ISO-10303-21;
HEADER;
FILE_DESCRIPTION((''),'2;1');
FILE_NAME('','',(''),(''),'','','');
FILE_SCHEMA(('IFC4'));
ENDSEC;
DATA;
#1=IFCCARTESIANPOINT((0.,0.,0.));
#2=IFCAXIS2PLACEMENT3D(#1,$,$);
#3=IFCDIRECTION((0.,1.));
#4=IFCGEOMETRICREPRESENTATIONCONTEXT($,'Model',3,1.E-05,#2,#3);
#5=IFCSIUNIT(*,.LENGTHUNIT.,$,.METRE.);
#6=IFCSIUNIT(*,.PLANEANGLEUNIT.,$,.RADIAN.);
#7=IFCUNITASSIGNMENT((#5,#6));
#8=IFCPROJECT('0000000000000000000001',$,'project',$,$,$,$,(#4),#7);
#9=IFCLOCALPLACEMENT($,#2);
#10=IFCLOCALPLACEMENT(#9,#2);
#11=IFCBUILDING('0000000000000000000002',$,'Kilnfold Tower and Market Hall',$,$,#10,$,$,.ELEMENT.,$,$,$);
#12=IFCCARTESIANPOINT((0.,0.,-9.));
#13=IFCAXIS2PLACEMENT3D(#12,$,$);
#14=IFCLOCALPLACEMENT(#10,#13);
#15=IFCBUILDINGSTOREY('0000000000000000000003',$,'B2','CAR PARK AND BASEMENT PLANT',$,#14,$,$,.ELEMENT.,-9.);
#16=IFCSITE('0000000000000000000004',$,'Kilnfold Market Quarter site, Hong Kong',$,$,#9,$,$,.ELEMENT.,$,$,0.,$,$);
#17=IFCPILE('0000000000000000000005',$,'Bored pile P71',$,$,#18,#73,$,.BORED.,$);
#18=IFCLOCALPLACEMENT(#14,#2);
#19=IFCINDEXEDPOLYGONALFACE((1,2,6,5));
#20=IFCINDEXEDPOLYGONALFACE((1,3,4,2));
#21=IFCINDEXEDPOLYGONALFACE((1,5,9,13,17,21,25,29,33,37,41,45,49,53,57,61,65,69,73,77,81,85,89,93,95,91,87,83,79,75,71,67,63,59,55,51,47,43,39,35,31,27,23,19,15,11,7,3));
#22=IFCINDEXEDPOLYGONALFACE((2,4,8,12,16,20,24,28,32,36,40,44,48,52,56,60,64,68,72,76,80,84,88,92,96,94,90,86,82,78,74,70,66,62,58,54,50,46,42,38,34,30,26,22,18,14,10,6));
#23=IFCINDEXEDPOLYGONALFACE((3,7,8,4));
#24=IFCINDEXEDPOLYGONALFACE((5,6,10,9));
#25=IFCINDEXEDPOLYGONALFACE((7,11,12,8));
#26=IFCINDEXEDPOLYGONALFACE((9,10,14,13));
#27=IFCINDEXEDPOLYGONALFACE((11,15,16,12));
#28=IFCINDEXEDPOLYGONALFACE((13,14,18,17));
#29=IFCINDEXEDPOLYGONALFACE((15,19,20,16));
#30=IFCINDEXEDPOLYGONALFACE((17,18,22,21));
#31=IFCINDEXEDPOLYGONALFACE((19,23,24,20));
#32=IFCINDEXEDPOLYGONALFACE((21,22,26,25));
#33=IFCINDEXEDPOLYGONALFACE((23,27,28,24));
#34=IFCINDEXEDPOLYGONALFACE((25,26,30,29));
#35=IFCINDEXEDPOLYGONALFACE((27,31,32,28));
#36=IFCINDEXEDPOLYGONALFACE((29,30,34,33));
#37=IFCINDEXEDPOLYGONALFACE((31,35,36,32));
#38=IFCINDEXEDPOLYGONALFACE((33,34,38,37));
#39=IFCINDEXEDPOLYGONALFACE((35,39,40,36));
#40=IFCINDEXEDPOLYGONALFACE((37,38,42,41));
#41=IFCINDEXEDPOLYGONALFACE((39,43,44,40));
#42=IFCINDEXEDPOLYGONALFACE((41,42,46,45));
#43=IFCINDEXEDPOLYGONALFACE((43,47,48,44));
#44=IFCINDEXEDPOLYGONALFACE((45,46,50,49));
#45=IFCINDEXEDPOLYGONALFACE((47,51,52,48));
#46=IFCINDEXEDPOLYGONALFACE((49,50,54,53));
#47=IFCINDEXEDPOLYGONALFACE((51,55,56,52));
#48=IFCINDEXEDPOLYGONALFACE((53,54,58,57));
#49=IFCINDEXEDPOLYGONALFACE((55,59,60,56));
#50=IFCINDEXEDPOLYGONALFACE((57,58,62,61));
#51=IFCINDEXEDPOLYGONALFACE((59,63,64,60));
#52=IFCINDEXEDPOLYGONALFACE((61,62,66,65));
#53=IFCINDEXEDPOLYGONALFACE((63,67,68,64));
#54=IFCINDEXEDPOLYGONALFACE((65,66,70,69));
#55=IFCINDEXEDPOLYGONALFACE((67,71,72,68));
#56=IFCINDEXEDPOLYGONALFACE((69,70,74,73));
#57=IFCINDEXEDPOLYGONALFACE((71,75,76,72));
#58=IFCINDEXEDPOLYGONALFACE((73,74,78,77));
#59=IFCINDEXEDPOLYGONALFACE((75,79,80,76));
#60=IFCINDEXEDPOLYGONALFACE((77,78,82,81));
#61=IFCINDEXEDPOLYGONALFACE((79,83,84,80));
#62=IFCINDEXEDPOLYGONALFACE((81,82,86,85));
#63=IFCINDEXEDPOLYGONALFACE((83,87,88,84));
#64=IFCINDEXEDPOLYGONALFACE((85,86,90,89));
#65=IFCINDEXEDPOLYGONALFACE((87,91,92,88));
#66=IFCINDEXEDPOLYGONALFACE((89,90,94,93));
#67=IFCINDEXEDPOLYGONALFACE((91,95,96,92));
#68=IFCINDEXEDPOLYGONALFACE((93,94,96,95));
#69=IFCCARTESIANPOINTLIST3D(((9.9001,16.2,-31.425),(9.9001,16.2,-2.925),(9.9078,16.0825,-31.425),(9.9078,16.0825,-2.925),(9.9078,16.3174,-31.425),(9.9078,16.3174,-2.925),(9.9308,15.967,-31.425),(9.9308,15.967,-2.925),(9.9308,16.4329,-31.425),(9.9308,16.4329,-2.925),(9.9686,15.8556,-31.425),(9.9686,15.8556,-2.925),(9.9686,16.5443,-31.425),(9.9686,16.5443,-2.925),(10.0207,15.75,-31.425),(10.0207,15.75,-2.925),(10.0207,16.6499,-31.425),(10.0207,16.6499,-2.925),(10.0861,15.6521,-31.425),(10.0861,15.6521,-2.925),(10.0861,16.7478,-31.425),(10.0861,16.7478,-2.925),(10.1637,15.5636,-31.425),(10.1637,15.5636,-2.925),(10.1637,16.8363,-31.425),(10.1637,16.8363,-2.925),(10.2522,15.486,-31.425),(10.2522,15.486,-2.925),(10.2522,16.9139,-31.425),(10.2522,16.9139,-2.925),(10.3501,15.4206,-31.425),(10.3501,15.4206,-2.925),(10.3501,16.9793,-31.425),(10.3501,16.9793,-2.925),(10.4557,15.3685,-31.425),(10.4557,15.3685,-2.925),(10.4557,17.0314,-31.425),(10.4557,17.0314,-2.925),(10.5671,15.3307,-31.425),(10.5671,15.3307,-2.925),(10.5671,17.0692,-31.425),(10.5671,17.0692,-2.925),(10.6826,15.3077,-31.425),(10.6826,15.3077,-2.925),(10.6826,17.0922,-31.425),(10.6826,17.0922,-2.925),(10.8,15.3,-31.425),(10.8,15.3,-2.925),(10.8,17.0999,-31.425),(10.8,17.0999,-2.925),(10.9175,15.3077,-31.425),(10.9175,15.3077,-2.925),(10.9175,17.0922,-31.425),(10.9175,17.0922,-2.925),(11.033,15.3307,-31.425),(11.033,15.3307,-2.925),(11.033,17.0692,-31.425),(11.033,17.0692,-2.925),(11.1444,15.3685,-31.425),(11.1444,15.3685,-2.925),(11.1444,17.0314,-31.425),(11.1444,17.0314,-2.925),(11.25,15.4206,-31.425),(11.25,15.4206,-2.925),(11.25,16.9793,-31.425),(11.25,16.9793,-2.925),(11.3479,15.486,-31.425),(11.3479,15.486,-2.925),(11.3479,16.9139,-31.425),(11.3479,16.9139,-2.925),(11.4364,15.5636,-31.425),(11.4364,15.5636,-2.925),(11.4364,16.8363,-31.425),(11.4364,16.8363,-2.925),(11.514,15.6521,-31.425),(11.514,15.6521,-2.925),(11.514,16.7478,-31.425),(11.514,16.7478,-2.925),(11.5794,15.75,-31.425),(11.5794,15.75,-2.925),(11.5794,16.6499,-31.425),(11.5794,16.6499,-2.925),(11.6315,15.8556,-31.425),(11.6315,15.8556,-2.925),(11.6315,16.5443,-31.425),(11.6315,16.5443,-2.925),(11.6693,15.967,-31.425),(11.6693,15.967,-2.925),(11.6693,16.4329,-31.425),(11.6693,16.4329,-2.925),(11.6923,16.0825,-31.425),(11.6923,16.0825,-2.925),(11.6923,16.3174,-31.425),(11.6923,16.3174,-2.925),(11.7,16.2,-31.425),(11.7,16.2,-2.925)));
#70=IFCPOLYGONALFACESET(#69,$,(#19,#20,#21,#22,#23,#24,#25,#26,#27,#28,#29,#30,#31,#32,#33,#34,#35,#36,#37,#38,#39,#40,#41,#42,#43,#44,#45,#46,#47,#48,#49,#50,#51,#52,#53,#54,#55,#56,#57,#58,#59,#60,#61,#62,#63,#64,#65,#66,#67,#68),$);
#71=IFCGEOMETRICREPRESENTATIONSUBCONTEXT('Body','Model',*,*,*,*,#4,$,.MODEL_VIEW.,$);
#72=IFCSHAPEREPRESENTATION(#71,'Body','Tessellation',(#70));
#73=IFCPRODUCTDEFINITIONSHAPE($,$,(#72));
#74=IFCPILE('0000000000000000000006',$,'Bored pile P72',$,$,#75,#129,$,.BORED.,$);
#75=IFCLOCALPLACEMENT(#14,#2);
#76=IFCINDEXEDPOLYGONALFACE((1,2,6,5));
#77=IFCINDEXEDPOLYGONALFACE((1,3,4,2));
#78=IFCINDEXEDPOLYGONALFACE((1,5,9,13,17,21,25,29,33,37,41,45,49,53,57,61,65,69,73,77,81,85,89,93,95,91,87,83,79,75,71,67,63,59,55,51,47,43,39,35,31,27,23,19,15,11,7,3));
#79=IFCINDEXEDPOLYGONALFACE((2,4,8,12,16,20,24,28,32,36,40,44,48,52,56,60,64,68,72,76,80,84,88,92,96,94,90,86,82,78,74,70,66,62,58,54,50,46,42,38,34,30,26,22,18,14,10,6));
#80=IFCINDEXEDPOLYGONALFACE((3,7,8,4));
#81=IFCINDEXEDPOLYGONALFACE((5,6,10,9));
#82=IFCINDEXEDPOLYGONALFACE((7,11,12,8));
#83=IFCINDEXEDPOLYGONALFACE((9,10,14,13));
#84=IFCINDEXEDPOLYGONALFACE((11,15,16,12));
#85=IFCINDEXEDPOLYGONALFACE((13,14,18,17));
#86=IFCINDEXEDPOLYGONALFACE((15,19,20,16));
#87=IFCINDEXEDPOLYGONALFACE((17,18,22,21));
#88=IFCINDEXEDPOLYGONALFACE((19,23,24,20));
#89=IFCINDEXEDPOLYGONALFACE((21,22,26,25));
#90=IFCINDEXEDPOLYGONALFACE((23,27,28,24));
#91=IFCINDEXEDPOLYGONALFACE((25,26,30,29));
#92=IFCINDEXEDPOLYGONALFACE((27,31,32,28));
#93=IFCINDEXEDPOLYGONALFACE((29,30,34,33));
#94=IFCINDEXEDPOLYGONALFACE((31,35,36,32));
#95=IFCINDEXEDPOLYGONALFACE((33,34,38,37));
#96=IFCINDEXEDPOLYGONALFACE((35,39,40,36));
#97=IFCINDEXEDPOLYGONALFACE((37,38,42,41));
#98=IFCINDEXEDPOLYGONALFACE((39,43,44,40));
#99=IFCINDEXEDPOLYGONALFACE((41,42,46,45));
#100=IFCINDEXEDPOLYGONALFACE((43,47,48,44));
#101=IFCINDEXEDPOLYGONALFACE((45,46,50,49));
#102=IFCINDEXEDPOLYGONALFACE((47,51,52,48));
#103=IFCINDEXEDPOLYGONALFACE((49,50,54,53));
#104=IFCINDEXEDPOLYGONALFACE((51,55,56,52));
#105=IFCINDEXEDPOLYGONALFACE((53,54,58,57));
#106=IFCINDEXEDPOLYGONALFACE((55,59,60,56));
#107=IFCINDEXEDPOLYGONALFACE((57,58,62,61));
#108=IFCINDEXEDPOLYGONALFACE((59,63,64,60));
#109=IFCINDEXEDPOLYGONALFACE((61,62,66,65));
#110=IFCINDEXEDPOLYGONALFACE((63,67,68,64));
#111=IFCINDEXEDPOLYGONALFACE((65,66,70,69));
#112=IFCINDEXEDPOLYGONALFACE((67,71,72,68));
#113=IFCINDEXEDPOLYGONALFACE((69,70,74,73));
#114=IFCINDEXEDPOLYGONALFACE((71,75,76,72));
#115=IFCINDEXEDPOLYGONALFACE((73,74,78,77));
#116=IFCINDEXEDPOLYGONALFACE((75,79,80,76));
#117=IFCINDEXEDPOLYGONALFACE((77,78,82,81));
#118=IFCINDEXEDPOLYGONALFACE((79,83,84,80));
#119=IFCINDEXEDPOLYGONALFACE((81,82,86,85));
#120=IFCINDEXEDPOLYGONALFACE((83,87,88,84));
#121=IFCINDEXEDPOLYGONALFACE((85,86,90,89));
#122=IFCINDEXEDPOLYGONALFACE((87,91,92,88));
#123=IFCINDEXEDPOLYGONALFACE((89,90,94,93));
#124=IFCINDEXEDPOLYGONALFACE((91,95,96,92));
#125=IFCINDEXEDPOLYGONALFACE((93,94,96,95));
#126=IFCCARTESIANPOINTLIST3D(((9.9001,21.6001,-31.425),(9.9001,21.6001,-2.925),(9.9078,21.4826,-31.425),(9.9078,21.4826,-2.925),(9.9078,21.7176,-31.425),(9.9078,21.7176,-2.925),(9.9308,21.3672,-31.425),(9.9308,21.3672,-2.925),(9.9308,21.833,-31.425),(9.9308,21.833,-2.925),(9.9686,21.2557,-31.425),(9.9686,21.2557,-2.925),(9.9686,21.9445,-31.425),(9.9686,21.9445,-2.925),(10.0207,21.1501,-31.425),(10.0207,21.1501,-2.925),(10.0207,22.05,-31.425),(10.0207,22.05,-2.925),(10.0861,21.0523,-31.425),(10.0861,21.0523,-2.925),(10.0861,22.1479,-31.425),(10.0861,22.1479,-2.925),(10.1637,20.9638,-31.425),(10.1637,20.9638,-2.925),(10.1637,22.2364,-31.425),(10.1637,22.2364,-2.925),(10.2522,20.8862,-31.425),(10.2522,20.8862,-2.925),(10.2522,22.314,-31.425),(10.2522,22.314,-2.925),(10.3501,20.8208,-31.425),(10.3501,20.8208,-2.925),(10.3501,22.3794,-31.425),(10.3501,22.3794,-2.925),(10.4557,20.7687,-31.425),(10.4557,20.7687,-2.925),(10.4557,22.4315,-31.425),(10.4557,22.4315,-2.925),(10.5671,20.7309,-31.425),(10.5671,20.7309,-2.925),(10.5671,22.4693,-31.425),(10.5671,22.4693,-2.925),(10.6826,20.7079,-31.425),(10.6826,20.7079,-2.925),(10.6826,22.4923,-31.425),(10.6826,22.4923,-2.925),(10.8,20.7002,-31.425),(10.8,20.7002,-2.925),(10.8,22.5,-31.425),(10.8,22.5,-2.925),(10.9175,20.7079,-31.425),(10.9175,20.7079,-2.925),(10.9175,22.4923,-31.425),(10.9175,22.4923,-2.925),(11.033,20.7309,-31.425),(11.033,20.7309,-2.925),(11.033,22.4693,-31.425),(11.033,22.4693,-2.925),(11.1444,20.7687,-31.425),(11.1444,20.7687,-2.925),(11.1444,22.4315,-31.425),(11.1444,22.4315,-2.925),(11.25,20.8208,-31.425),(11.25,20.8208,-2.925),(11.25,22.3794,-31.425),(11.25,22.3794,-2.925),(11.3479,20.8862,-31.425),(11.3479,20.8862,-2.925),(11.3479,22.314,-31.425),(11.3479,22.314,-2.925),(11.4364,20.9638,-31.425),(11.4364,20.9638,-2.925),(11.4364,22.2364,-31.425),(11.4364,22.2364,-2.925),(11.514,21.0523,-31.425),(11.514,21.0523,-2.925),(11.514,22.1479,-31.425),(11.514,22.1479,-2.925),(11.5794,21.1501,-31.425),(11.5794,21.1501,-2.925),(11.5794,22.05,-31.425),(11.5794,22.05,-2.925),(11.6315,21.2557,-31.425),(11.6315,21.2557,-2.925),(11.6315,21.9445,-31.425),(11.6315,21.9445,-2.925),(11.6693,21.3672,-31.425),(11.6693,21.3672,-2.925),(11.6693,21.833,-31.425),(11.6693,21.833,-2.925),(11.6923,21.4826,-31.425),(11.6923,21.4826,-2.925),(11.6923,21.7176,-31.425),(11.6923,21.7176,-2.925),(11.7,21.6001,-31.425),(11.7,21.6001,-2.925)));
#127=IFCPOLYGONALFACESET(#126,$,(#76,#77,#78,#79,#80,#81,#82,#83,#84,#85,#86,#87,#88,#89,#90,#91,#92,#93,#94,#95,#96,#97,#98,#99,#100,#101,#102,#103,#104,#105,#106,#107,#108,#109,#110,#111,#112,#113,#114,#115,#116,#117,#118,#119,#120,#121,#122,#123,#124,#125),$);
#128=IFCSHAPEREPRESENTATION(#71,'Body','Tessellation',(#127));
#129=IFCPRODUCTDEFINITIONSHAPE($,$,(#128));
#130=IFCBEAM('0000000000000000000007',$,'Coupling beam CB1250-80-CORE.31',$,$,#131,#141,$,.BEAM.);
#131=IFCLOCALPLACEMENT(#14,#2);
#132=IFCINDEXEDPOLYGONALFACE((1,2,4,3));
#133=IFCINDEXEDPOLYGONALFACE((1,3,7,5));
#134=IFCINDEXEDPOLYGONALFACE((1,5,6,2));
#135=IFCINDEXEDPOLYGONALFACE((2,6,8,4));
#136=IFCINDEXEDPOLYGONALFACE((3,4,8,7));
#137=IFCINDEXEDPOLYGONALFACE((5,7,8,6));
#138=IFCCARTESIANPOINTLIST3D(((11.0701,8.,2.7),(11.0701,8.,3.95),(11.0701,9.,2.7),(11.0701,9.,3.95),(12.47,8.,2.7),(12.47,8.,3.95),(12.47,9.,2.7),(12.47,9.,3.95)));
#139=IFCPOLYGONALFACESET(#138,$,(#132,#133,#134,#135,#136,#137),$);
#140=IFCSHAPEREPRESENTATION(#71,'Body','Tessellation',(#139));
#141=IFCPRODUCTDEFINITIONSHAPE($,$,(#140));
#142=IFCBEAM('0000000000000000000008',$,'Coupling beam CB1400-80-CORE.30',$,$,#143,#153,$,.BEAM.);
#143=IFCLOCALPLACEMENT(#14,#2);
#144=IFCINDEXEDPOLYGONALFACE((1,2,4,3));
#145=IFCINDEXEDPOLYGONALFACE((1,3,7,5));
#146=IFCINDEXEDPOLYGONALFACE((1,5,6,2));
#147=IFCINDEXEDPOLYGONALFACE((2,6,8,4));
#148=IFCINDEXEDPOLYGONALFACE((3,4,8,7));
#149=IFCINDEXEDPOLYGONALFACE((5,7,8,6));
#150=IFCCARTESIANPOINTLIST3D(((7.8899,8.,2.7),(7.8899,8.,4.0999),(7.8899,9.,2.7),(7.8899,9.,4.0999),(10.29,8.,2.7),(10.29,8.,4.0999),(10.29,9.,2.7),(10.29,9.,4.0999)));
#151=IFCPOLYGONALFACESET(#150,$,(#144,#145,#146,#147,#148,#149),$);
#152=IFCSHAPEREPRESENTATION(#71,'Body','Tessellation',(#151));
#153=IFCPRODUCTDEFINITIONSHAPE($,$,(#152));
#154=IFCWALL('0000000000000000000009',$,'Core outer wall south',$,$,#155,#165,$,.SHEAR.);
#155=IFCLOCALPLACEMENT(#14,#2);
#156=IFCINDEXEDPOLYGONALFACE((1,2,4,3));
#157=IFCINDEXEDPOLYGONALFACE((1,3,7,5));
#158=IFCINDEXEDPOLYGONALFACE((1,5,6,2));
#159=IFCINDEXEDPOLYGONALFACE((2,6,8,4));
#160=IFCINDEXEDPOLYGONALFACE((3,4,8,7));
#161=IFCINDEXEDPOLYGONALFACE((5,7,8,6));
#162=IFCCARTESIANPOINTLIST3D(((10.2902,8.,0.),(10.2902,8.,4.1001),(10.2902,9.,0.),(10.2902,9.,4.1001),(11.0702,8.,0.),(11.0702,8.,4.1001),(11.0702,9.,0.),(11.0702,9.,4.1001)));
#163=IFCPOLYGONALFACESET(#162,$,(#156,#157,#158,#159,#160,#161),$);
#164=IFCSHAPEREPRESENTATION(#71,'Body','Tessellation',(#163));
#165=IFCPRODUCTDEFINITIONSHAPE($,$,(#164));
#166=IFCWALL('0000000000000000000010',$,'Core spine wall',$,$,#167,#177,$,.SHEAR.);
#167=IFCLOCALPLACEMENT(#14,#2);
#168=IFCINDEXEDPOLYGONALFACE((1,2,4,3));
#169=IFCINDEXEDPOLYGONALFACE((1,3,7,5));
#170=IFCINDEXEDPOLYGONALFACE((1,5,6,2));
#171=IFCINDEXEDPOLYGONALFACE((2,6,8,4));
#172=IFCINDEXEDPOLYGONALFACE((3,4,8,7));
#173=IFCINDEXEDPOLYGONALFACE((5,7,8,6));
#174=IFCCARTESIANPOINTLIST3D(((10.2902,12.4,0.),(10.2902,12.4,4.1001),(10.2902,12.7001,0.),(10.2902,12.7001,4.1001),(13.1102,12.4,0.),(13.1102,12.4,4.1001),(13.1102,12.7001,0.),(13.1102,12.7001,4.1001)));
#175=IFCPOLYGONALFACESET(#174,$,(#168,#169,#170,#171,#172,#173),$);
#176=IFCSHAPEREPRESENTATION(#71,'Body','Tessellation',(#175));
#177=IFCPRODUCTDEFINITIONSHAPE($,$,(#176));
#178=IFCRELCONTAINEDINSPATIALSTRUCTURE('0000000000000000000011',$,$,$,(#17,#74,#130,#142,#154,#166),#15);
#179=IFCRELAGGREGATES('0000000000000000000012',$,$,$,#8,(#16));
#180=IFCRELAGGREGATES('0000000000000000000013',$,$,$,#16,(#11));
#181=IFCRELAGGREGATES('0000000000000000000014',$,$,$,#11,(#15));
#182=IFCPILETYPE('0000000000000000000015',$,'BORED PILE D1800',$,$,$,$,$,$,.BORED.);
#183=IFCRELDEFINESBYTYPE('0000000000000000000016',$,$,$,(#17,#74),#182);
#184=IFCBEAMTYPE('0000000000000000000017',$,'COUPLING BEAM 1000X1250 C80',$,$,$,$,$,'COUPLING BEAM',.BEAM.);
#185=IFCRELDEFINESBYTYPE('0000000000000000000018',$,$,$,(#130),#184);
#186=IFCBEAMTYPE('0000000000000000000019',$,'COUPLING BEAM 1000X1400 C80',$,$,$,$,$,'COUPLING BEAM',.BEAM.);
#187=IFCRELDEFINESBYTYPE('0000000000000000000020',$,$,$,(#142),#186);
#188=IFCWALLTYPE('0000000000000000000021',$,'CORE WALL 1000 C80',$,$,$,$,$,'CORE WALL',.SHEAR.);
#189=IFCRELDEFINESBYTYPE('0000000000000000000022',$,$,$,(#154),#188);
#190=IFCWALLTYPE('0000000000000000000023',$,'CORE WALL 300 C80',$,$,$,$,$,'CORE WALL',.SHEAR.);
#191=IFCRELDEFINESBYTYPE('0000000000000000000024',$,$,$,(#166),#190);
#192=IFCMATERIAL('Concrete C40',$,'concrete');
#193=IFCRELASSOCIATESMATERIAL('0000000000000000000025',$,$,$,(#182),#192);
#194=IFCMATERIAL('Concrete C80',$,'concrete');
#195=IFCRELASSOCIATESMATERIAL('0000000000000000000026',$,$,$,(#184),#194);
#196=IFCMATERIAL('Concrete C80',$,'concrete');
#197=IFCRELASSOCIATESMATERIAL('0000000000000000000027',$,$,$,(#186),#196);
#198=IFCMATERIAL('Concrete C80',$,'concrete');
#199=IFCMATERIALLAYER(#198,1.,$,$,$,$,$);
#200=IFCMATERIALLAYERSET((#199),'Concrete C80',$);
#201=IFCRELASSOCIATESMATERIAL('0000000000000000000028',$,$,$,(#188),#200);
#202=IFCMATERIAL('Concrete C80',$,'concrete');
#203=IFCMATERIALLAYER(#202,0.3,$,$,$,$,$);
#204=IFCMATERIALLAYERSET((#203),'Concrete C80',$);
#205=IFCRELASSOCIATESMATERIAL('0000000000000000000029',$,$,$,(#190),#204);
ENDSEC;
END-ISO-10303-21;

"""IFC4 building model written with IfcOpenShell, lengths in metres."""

from ifc_helpers import new_model, si_unit, direction, frame, frame_2d, origin, origin_2d, place, context, subcontext, project, spatial, rectangle, circle, extrude, source, transform, mapped, material, layer, layer_set, material_profile, profile_set, type_object, element, save


model = new_model("IFC4")

# Units and contexts
model_context = context("Model", 3, precision=1e-05, world=origin(), true_north=direction((0.0, 1.0)))
body_context = subcontext(model_context, "Body", "Model", "MODEL_VIEW")
ifc_project = project(units=[si_unit("LENGTHUNIT", "METRE"), si_unit("PLANEANGLEUNIT", "RADIAN")], contexts=[model_context])

# Site, building, storey
site_placement = place(None, origin())
site = spatial("IfcSite", under=ifc_project, at=site_placement, Name="Kilnfold Market Quarter site, Hong Kong", CompositionType="ELEMENT", RefElevation=0.0)
building_placement = place(site_placement, origin())
building = spatial("IfcBuilding", under=site, at=building_placement, Name="Kilnfold Tower and Market Hall", CompositionType="ELEMENT")
storey_placement = place(building_placement, frame((0.0, 0.0, -9.0)))
storey = spatial("IfcBuildingStorey", under=building, at=storey_placement, Name="B2", Description="CAR PARK AND BASEMENT PLANT", CompositionType="ELEMENT", Elevation=-9.0)

# Piles
ifc_material_1 = material(Name="Concrete C40", Category="concrete")
ifc_material_profile_1 = material_profile(ifc_material_1, circle(Radius=0.8999, at=origin_2d()), Name="RC D1800")
ifc_profile_set_1 = profile_set([ifc_material_profile_1], Name="Concrete C40")
pile_type = type_object("IfcPileType", Name="BORED PILE D1800", PredefinedType="BORED", material=ifc_profile_set_1)
shared_shape_1 = source(origin(), body_context, "Body", "SweptSolid", [
    extrude(circle(Radius=0.8999, at=origin_2d()), origin(), (0.0, 0.0, 1.0), 28.5),
])
for number, where, z_axis, x_axis, name in (
    (1, (10.8, 16.2, -2.925), (0.0, 0.0, -1.0), (1.0, 0.0, 0.0), "Bored pile P71"),
    (2, (10.8, 21.6001, -2.925), (0.0, 0.0, -1.0), (1.0, 0.0, 0.0), "Bored pile P72"),
):
    element("IfcPile", number, at=place(storey_placement, frame(where, z_axis=z_axis, x_axis=x_axis)), inside=storey, type_object=pile_type, Name=name, PredefinedType="BORED", context=body_context, shape_type="MappedRepresentation", body=[
        mapped(shared_shape_1, transform((0.0, 0.0, 0.0))),
    ])

# Beams
ifc_material_2 = material(Name="Concrete C80", Category="concrete")
ifc_material_profile_2 = material_profile(ifc_material_2, rectangle(XDim=1.0, YDim=1.25, at=origin_2d()), Name="RC 1000x1250")
ifc_profile_set_2 = profile_set([ifc_material_profile_2], Name="Concrete C80")
beam_type_1 = type_object("IfcBeamType", Name="COUPLING BEAM 1000X1250 C80", ElementType="COUPLING BEAM", PredefinedType="BEAM", material=ifc_profile_set_2)
shared_shape_2 = source(origin(), body_context, "Body", "SweptSolid", [
    extrude(rectangle(XDim=1.0, YDim=1.25, at=origin_2d()), origin(), (0.0, 0.0, 1.0), 1.3999),
])
beam_1_placement = place(storey_placement, frame((11.0701, 8.5, 3.325), z_axis=(1.0, 0.0, 0.0), x_axis=(0.0, 1.0, 0.0)))
element("IfcBeam", 3, at=beam_1_placement, inside=storey, type_object=beam_type_1, Name="Coupling beam CB1250-80-CORE.31", PredefinedType="BEAM", context=body_context, shape_type="MappedRepresentation", body=[
    mapped(shared_shape_2, transform((0.0, 0.0, 0.0))),
])
ifc_material_3 = material(Name="Concrete C80", Category="concrete")
ifc_material_profile_3 = material_profile(ifc_material_3, rectangle(XDim=1.0, YDim=1.3999, at=origin_2d()), Name="RC 1000x1400")
ifc_profile_set_3 = profile_set([ifc_material_profile_3], Name="Concrete C80")
beam_type_2 = type_object("IfcBeamType", Name="COUPLING BEAM 1000X1400 C80", ElementType="COUPLING BEAM", PredefinedType="BEAM", material=ifc_profile_set_3)
shared_shape_3 = source(origin(), body_context, "Body", "SweptSolid", [
    extrude(rectangle(XDim=1.0, YDim=1.3999, at=origin_2d()), origin(), (0.0, 0.0, 1.0), 2.4001),
])
beam_2_placement = place(storey_placement, frame((7.8899, 8.5, 3.3999), z_axis=(1.0, 0.0, 0.0), x_axis=(0.0, 1.0, 0.0)))
element("IfcBeam", 4, at=beam_2_placement, inside=storey, type_object=beam_type_2, Name="Coupling beam CB1400-80-CORE.30", PredefinedType="BEAM", context=body_context, shape_type="MappedRepresentation", body=[
    mapped(shared_shape_3, transform((0.0, 0.0, 0.0))),
])

# Walls
ifc_material_4 = material(Name="Concrete C80", Category="concrete")
ifc_layer_1 = layer(ifc_material_4, 1.0)
ifc_layer_set_1 = layer_set([ifc_layer_1], Name="Concrete C80")
wall_type_1 = type_object("IfcWallType", Name="CORE WALL 1000 C80", ElementType="CORE WALL", PredefinedType="SHEAR", material=ifc_layer_set_1)
shared_shape_4 = source(origin(), body_context, "Body", "SweptSolid", [
    extrude(rectangle(XDim=0.78, YDim=1.0, at=frame_2d((0.3901, 0.0))), origin(), (0.0, 0.0, 1.0), 4.1001),
])
wall_1_placement = place(storey_placement, frame((10.29, 8.5, 0.0), z_axis=(0.0, 0.0, 1.0), x_axis=(1.0, 0.0, 0.0)))
element("IfcWall", 5, at=wall_1_placement, inside=storey, type_object=wall_type_1, Name="Core outer wall south", PredefinedType="SHEAR", context=body_context, shape_type="MappedRepresentation", body=[
    mapped(shared_shape_4, transform((0.0, 0.0, 0.0))),
])
ifc_material_5 = material(Name="Concrete C80", Category="concrete")
ifc_layer_2 = layer(ifc_material_5, 0.3)
ifc_layer_set_2 = layer_set([ifc_layer_2], Name="Concrete C80")
wall_type_2 = type_object("IfcWallType", Name="CORE WALL 300 C80", ElementType="CORE WALL", PredefinedType="SHEAR", material=ifc_layer_set_2)
shared_shape_5 = source(origin(), body_context, "Body", "SweptSolid", [
    extrude(rectangle(XDim=2.8201, YDim=0.3, at=frame_2d((1.4102, 0.0))), origin(), (0.0, 0.0, 1.0), 4.1001),
])
wall_2_placement = place(storey_placement, frame((10.29, 12.55, 0.0), z_axis=(0.0, 0.0, 1.0), x_axis=(1.0, 0.0, 0.0)))
element("IfcWall", 6, at=wall_2_placement, inside=storey, type_object=wall_type_2, Name="Core spine wall", PredefinedType="SHEAR", context=body_context, shape_type="MappedRepresentation", body=[
    mapped(shared_shape_5, transform((0.0, 0.0, 0.0))),
])

save(model, "model.ifc")
